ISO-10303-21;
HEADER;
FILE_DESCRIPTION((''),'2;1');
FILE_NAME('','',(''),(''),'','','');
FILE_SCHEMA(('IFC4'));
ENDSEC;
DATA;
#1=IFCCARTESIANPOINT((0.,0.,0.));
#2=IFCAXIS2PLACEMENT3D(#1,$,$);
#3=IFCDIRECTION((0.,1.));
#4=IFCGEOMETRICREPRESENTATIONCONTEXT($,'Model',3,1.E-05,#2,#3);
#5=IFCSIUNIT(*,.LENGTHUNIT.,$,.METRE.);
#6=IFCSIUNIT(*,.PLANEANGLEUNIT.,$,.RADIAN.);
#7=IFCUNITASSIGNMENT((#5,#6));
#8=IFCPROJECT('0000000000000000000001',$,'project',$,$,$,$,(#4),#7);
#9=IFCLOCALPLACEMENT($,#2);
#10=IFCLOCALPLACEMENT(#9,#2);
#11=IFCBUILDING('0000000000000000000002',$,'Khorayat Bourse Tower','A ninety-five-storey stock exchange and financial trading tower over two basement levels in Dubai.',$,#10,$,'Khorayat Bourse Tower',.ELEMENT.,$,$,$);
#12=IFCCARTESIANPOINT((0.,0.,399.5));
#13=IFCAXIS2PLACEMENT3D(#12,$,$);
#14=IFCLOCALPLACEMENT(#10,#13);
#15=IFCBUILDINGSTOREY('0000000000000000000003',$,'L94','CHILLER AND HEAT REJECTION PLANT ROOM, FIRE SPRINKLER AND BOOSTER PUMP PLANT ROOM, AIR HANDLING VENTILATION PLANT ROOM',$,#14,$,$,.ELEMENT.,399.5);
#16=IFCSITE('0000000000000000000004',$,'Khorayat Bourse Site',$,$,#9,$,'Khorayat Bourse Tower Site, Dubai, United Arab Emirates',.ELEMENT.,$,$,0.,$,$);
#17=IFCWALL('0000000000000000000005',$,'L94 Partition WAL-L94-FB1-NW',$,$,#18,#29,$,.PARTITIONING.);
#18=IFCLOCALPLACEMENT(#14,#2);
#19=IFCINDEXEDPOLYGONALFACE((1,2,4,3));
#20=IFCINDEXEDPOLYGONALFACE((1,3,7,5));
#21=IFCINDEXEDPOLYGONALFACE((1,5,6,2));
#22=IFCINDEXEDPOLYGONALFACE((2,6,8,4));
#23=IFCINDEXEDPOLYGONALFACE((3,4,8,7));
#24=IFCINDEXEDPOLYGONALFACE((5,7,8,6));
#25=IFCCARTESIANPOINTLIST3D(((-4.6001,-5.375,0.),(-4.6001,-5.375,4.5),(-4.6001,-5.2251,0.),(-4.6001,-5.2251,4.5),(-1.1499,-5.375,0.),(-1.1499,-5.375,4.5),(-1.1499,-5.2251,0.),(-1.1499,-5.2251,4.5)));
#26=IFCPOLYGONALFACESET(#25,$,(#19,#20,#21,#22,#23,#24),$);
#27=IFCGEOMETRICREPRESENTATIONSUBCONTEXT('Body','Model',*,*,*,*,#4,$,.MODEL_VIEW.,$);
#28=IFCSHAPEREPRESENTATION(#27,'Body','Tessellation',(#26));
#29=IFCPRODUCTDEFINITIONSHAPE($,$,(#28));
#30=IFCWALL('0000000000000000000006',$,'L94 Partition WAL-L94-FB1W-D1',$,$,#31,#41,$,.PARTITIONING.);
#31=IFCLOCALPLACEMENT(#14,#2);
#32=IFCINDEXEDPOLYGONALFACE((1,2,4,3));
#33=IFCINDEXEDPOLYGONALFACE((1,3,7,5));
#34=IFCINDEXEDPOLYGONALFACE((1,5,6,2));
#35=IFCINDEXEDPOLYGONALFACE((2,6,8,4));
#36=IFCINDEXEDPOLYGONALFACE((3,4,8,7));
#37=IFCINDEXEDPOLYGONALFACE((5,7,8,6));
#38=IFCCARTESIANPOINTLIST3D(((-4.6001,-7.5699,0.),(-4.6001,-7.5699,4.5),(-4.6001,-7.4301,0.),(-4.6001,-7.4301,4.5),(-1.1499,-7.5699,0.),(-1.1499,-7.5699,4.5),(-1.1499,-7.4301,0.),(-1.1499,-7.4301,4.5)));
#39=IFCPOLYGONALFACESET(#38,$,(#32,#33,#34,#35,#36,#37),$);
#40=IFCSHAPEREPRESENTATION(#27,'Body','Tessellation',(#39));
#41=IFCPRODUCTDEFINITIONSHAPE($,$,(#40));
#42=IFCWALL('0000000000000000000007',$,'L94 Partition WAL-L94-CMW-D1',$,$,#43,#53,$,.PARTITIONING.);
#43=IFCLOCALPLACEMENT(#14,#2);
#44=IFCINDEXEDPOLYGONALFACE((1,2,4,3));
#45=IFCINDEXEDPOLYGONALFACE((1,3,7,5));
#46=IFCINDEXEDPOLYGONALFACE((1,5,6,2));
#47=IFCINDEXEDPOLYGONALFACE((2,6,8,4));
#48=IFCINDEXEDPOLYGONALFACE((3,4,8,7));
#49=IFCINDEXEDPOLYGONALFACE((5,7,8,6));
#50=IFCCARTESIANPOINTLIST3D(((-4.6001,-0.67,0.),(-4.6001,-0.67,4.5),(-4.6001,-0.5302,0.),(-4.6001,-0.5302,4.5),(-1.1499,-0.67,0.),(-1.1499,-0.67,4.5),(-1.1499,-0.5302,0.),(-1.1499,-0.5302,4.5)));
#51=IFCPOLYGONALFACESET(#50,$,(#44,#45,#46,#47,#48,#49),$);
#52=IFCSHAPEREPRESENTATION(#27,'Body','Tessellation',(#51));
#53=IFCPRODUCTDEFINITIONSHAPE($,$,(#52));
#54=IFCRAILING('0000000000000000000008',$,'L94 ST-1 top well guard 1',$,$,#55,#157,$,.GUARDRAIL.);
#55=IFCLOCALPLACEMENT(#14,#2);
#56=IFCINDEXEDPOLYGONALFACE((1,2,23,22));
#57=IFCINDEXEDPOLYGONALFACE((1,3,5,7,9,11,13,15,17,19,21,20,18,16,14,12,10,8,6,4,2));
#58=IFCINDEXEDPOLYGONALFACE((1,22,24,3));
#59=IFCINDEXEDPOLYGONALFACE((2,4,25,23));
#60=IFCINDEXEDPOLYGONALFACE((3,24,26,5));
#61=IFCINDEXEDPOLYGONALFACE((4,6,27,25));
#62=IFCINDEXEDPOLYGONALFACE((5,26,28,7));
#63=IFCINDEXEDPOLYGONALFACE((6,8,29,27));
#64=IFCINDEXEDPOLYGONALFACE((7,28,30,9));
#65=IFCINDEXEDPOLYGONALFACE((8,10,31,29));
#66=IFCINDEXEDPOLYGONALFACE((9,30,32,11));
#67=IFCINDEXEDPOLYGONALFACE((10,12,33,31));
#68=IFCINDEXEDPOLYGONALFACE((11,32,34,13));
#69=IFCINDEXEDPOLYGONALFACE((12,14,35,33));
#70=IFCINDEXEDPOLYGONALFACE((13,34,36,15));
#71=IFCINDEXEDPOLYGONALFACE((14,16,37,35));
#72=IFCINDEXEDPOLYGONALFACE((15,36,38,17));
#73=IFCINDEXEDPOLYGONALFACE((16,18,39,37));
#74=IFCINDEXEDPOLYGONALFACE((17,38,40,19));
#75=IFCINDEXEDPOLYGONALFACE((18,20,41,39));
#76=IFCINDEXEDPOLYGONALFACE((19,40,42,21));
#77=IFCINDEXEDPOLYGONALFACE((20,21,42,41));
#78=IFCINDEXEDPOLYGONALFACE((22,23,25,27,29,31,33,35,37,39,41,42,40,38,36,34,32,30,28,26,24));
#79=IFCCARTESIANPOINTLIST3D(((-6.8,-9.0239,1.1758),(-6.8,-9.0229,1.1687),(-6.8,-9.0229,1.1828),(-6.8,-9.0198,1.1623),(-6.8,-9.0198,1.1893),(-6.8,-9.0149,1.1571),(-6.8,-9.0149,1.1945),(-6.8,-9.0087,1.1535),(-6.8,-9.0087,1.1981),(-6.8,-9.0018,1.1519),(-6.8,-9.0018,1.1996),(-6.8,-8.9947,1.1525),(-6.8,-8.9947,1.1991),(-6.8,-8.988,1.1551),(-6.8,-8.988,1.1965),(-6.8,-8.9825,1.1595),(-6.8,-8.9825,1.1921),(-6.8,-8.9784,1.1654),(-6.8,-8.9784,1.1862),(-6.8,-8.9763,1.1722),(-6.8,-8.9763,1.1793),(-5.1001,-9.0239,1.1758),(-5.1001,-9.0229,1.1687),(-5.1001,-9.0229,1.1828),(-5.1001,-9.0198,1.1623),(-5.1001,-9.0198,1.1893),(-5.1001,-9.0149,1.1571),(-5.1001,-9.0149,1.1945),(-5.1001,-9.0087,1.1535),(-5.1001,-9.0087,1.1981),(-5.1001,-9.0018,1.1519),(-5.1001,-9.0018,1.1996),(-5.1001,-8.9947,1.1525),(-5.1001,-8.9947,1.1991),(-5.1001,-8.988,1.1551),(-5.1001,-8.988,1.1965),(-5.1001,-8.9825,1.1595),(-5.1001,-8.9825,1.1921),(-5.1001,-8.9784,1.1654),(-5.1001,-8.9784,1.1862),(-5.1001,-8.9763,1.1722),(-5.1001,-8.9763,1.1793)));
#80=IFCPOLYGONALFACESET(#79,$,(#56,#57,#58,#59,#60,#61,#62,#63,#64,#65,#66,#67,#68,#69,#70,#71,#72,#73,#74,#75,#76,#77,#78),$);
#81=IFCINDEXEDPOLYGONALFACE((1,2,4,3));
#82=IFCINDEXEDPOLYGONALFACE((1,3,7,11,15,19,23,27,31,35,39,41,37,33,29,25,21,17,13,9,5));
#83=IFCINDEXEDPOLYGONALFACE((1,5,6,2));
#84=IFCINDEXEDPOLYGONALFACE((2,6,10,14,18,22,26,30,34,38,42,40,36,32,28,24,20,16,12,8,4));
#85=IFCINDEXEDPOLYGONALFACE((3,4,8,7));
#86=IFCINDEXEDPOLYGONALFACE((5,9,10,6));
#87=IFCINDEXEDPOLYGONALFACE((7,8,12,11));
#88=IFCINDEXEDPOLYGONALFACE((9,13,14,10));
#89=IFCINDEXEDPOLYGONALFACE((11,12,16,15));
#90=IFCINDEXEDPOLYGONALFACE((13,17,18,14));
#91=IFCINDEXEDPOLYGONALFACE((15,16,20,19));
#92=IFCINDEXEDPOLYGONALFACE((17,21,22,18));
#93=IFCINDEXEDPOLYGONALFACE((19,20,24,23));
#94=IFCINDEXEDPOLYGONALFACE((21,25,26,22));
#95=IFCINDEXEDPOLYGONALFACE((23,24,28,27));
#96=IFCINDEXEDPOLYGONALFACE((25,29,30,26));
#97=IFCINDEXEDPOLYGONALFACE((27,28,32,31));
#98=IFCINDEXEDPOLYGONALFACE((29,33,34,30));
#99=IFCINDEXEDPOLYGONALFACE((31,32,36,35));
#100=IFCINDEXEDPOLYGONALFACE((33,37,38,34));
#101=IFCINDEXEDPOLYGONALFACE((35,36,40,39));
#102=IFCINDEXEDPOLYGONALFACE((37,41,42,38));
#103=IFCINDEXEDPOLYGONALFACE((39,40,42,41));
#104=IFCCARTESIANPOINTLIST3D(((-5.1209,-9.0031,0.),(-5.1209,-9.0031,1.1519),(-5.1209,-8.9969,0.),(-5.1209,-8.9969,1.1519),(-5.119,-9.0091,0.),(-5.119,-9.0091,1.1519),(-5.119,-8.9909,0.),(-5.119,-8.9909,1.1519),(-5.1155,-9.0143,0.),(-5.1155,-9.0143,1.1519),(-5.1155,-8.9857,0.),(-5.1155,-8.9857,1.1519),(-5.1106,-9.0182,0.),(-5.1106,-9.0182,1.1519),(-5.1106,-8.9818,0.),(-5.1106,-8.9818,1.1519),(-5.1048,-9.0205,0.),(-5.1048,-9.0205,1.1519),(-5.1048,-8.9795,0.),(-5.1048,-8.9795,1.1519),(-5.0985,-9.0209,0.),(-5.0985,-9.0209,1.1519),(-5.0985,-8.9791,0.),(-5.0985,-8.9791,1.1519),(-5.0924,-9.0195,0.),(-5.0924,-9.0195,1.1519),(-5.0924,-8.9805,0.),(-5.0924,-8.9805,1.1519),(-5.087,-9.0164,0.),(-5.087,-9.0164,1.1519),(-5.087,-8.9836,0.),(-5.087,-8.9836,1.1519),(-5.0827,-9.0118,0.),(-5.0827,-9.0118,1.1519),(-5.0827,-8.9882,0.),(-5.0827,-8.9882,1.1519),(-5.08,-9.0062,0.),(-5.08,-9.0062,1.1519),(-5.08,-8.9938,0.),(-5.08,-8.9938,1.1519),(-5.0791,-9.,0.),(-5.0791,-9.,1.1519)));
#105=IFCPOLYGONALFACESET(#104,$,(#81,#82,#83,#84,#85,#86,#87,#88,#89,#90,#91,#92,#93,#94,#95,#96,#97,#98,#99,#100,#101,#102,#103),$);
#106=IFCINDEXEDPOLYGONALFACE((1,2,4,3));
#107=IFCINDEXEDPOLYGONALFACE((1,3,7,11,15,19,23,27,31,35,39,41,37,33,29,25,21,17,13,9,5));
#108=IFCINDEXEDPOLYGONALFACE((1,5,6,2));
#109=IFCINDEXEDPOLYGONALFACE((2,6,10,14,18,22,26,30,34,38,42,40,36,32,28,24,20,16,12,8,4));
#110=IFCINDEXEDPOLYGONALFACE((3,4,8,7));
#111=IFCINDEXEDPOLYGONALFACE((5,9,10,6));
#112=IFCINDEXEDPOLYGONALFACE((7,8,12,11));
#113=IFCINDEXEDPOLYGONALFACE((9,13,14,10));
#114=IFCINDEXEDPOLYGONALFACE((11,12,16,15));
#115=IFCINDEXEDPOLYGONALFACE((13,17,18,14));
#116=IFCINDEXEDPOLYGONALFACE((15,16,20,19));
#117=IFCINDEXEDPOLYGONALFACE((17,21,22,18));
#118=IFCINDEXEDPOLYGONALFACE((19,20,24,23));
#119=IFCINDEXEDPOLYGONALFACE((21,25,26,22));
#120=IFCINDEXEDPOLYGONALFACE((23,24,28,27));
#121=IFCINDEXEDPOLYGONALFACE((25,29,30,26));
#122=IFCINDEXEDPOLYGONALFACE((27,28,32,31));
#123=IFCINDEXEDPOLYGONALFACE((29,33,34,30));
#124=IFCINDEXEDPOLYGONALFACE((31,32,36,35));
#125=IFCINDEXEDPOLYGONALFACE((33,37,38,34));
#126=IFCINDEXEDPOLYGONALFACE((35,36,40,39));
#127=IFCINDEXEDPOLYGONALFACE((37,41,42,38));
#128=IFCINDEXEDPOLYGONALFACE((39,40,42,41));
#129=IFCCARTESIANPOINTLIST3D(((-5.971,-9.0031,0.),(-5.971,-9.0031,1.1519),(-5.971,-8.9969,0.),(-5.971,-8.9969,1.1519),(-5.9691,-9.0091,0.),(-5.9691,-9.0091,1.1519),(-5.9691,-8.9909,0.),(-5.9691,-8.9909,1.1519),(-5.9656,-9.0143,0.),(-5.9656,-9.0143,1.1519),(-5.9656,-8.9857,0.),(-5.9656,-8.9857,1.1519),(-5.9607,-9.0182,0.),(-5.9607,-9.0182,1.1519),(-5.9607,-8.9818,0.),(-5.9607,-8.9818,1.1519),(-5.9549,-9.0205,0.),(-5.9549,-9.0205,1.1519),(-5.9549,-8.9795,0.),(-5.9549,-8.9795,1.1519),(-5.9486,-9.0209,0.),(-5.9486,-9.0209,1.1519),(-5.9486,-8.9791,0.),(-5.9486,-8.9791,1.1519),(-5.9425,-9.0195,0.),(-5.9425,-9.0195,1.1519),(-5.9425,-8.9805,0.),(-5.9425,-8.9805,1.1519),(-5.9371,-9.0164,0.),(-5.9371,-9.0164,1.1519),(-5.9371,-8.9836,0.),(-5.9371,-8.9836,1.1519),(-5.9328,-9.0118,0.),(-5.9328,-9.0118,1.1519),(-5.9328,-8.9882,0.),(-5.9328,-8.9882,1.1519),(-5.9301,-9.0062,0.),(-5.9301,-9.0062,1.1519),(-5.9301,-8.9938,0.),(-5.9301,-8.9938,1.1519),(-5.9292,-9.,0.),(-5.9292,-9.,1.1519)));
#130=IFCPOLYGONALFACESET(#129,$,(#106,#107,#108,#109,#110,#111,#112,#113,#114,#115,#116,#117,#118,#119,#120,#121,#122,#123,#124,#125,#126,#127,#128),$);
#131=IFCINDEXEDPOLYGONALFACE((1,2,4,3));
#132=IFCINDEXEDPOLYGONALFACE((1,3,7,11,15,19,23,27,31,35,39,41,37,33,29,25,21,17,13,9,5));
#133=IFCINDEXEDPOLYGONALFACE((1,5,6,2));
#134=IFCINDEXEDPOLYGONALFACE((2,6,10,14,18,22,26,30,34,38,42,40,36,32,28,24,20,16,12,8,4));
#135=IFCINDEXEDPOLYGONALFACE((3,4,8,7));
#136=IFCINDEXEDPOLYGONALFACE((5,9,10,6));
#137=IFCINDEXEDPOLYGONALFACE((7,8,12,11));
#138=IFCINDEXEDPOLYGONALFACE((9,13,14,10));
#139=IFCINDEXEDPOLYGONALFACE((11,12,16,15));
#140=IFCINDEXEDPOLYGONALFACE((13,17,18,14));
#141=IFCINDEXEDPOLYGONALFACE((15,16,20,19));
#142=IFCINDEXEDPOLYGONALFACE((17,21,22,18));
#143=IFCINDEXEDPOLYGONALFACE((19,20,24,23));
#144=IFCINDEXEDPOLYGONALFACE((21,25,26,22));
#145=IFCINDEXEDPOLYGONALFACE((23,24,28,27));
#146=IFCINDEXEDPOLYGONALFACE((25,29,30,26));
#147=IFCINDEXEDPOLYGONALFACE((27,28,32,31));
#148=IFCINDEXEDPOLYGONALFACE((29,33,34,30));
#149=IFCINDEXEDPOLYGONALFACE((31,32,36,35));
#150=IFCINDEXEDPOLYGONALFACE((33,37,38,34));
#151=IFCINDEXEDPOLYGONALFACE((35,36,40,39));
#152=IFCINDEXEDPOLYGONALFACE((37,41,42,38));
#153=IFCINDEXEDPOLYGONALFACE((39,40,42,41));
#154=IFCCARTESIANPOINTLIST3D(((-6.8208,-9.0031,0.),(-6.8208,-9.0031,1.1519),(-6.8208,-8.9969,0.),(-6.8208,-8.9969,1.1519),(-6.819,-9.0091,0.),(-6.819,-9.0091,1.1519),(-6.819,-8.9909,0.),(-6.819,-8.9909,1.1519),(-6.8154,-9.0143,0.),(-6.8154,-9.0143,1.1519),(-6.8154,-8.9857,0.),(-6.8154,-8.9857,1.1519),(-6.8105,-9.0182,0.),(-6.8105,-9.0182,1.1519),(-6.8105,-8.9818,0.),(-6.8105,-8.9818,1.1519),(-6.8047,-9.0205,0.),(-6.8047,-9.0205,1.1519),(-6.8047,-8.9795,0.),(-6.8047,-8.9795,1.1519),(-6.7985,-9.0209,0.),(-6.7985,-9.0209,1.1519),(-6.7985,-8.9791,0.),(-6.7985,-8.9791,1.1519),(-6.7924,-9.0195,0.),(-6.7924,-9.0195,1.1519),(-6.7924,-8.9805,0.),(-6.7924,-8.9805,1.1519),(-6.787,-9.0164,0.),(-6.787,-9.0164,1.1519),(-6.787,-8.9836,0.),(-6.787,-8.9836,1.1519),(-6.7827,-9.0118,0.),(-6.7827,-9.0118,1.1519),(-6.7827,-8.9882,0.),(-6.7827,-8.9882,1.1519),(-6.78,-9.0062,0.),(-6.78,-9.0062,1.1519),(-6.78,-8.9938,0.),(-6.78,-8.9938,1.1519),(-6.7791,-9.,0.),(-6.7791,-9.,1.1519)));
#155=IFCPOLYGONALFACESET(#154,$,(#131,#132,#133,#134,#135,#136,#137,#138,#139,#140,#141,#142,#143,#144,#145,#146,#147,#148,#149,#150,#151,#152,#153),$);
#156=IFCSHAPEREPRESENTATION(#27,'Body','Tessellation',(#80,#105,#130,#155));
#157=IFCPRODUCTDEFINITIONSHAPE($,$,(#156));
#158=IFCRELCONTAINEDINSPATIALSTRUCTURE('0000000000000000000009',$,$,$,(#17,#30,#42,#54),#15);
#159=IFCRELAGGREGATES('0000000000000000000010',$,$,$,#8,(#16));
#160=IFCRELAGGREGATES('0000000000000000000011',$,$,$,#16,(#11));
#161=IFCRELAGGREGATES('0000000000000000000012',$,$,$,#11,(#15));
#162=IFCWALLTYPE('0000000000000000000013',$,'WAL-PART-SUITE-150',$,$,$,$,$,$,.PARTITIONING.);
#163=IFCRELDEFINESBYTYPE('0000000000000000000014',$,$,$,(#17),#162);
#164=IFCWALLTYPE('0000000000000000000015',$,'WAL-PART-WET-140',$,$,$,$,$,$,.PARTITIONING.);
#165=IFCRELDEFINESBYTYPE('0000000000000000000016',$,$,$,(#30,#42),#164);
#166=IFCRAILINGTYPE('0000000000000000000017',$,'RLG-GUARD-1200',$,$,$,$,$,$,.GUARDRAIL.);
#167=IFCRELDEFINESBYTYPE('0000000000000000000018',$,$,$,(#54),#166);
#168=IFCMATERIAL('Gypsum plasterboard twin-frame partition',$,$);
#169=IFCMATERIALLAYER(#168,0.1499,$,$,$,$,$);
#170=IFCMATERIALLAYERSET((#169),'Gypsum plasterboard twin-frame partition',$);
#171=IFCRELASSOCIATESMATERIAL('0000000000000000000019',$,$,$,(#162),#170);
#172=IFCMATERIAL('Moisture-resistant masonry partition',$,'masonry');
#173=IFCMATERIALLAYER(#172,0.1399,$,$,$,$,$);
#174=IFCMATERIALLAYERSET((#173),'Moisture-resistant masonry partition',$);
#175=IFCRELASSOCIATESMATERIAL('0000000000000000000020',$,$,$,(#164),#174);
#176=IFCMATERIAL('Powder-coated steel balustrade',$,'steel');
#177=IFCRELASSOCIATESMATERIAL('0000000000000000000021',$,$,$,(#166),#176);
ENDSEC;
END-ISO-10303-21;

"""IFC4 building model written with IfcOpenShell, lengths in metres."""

from ifc_helpers import new_model, si_unit, direction, frame, frame_2d, origin, origin_2d, place, context, subcontext, project, spatial, rectangle, circle, extrude, source, transform, mapped, material, layer, layer_set, type_object, element, save


model = new_model("IFC4")

# Units and contexts
model_context = context("Model", 3, precision=1e-05, world=origin(), true_north=direction((0.0, 1.0)))
body_context = subcontext(model_context, "Body", "Model", "MODEL_VIEW")
ifc_project = project(units=[si_unit("LENGTHUNIT", "METRE"), si_unit("PLANEANGLEUNIT", "RADIAN")], contexts=[model_context])

# Site, building, storey
site_placement = place(None, origin())
site = spatial("IfcSite", under=ifc_project, at=site_placement, Name="Khorayat Bourse Site", LongName="Khorayat Bourse Tower Site, Dubai, United Arab Emirates", CompositionType="ELEMENT", RefElevation=0.0)
building_placement = place(site_placement, origin())
building = spatial("IfcBuilding", under=site, at=building_placement, Name="Khorayat Bourse Tower", Description="A ninety-five-storey stock exchange and financial trading tower over two basement levels in Dubai.", LongName="Khorayat Bourse Tower", CompositionType="ELEMENT")
storey_placement = place(building_placement, frame((0.0, 0.0, 399.5)))
storey = spatial("IfcBuildingStorey", under=building, at=storey_placement, Name="L94", Description="CHILLER AND HEAT REJECTION PLANT ROOM, FIRE SPRINKLER AND BOOSTER PUMP PLANT ROOM, AIR HANDLING VENTILATION PLANT ROOM", CompositionType="ELEMENT", Elevation=399.5)

# Shared definitions
ifc_material_1 = material(Name="Gypsum plasterboard twin-frame partition")
ifc_layer_1 = layer(ifc_material_1, 0.1499)
ifc_layer_set_1 = layer_set([ifc_layer_1], Name="Gypsum plasterboard twin-frame partition")
wall_type_1 = type_object("IfcWallType", Name="WAL-PART-SUITE-150", PredefinedType="PARTITIONING", material=ifc_layer_set_1)

# Walls
shared_shape_1 = source(origin(), body_context, "Body", "SweptSolid", [
    extrude(rectangle(XDim=3.4502, YDim=0.1499, at=frame_2d((1.7251, 0.0))), origin(), (0.0, 0.0, 1.0), 4.5),
])
wall_1_placement = place(storey_placement, frame((-4.6001, -5.3, 0.0), z_axis=(0.0, 0.0, 1.0), x_axis=(1.0, 0.0, 0.0)))
element("IfcWall", 1, at=wall_1_placement, inside=storey, type_object=wall_type_1, Name="L94 Partition WAL-L94-FB1-NW", PredefinedType="PARTITIONING", context=body_context, shape_type="MappedRepresentation", body=[
    mapped(shared_shape_1, transform((0.0, 0.0, 0.0), scale=1.0)),
])
ifc_material_2 = material(Name="Moisture-resistant masonry partition", Category="masonry")
ifc_layer_2 = layer(ifc_material_2, 0.1399)
ifc_layer_set_2 = layer_set([ifc_layer_2], Name="Moisture-resistant masonry partition")
wall_type_2 = type_object("IfcWallType", Name="WAL-PART-WET-140", PredefinedType="PARTITIONING", material=ifc_layer_set_2)
shared_shape_2 = source(origin(), body_context, "Body", "SweptSolid", [
    extrude(rectangle(XDim=3.4502, YDim=0.1399, at=frame_2d((1.7251, 0.0))), origin(), (0.0, 0.0, 1.0), 4.5),
])
for number, where, z_axis, x_axis, name in (
    (2, (-4.6001, -7.5, 0.0), (0.0, 0.0, 1.0), (1.0, 0.0, 0.0), "L94 Partition WAL-L94-FB1W-D1"),
    (3, (-4.6001, -0.6001, 0.0), (0.0, 0.0, 1.0), (1.0, 0.0, 0.0), "L94 Partition WAL-L94-CMW-D1"),
):
    element("IfcWall", number, at=place(storey_placement, frame(where, z_axis=z_axis, x_axis=x_axis)), inside=storey, type_object=wall_type_2, Name=name, PredefinedType="PARTITIONING", context=body_context, shape_type="MappedRepresentation", body=[
        mapped(shared_shape_2, transform((0.0, 0.0, 0.0), scale=1.0)),
    ])

# Railing
ifc_material_3 = material(Name="Powder-coated steel balustrade", Category="steel")
railing_type = type_object("IfcRailingType", Name="RLG-GUARD-1200", PredefinedType="GUARDRAIL", material=ifc_material_3)
shared_shape_3 = source(origin(), body_context, "Body", "SweptSolid", [
    extrude(circle(Radius=0.0239, at=origin_2d()), frame((0.0, 0.0, 1.1758), z_axis=(-1.0, 0.0, 0.0), x_axis=(0.0, -1.0, 0.0)), (0.0, 0.0, 1.0), 1.7),
    extrude(circle(Radius=0.021, at=origin_2d()), origin(), (0.0, 0.0, 1.0), 1.1519),
    extrude(circle(Radius=0.021, at=origin_2d()), frame((-0.8501, 0.0, 0.0)), (0.0, 0.0, 1.0), 1.1519),
    extrude(circle(Radius=0.021, at=origin_2d()), frame((-1.7, 0.0, 0.0)), (0.0, 0.0, 1.0), 1.1519),
])
railing_placement = place(storey_placement, frame((-5.1001, -9.0, 0.0)))
element("IfcRailing", 4, at=railing_placement, inside=storey, type_object=railing_type, Name="L94 ST-1 top well guard 1", PredefinedType="GUARDRAIL", context=body_context, shape_type="MappedRepresentation", body=[
    mapped(shared_shape_3, transform((0.0, 0.0, 0.0), scale=1.0)),
])

save(model, "model.ifc")
